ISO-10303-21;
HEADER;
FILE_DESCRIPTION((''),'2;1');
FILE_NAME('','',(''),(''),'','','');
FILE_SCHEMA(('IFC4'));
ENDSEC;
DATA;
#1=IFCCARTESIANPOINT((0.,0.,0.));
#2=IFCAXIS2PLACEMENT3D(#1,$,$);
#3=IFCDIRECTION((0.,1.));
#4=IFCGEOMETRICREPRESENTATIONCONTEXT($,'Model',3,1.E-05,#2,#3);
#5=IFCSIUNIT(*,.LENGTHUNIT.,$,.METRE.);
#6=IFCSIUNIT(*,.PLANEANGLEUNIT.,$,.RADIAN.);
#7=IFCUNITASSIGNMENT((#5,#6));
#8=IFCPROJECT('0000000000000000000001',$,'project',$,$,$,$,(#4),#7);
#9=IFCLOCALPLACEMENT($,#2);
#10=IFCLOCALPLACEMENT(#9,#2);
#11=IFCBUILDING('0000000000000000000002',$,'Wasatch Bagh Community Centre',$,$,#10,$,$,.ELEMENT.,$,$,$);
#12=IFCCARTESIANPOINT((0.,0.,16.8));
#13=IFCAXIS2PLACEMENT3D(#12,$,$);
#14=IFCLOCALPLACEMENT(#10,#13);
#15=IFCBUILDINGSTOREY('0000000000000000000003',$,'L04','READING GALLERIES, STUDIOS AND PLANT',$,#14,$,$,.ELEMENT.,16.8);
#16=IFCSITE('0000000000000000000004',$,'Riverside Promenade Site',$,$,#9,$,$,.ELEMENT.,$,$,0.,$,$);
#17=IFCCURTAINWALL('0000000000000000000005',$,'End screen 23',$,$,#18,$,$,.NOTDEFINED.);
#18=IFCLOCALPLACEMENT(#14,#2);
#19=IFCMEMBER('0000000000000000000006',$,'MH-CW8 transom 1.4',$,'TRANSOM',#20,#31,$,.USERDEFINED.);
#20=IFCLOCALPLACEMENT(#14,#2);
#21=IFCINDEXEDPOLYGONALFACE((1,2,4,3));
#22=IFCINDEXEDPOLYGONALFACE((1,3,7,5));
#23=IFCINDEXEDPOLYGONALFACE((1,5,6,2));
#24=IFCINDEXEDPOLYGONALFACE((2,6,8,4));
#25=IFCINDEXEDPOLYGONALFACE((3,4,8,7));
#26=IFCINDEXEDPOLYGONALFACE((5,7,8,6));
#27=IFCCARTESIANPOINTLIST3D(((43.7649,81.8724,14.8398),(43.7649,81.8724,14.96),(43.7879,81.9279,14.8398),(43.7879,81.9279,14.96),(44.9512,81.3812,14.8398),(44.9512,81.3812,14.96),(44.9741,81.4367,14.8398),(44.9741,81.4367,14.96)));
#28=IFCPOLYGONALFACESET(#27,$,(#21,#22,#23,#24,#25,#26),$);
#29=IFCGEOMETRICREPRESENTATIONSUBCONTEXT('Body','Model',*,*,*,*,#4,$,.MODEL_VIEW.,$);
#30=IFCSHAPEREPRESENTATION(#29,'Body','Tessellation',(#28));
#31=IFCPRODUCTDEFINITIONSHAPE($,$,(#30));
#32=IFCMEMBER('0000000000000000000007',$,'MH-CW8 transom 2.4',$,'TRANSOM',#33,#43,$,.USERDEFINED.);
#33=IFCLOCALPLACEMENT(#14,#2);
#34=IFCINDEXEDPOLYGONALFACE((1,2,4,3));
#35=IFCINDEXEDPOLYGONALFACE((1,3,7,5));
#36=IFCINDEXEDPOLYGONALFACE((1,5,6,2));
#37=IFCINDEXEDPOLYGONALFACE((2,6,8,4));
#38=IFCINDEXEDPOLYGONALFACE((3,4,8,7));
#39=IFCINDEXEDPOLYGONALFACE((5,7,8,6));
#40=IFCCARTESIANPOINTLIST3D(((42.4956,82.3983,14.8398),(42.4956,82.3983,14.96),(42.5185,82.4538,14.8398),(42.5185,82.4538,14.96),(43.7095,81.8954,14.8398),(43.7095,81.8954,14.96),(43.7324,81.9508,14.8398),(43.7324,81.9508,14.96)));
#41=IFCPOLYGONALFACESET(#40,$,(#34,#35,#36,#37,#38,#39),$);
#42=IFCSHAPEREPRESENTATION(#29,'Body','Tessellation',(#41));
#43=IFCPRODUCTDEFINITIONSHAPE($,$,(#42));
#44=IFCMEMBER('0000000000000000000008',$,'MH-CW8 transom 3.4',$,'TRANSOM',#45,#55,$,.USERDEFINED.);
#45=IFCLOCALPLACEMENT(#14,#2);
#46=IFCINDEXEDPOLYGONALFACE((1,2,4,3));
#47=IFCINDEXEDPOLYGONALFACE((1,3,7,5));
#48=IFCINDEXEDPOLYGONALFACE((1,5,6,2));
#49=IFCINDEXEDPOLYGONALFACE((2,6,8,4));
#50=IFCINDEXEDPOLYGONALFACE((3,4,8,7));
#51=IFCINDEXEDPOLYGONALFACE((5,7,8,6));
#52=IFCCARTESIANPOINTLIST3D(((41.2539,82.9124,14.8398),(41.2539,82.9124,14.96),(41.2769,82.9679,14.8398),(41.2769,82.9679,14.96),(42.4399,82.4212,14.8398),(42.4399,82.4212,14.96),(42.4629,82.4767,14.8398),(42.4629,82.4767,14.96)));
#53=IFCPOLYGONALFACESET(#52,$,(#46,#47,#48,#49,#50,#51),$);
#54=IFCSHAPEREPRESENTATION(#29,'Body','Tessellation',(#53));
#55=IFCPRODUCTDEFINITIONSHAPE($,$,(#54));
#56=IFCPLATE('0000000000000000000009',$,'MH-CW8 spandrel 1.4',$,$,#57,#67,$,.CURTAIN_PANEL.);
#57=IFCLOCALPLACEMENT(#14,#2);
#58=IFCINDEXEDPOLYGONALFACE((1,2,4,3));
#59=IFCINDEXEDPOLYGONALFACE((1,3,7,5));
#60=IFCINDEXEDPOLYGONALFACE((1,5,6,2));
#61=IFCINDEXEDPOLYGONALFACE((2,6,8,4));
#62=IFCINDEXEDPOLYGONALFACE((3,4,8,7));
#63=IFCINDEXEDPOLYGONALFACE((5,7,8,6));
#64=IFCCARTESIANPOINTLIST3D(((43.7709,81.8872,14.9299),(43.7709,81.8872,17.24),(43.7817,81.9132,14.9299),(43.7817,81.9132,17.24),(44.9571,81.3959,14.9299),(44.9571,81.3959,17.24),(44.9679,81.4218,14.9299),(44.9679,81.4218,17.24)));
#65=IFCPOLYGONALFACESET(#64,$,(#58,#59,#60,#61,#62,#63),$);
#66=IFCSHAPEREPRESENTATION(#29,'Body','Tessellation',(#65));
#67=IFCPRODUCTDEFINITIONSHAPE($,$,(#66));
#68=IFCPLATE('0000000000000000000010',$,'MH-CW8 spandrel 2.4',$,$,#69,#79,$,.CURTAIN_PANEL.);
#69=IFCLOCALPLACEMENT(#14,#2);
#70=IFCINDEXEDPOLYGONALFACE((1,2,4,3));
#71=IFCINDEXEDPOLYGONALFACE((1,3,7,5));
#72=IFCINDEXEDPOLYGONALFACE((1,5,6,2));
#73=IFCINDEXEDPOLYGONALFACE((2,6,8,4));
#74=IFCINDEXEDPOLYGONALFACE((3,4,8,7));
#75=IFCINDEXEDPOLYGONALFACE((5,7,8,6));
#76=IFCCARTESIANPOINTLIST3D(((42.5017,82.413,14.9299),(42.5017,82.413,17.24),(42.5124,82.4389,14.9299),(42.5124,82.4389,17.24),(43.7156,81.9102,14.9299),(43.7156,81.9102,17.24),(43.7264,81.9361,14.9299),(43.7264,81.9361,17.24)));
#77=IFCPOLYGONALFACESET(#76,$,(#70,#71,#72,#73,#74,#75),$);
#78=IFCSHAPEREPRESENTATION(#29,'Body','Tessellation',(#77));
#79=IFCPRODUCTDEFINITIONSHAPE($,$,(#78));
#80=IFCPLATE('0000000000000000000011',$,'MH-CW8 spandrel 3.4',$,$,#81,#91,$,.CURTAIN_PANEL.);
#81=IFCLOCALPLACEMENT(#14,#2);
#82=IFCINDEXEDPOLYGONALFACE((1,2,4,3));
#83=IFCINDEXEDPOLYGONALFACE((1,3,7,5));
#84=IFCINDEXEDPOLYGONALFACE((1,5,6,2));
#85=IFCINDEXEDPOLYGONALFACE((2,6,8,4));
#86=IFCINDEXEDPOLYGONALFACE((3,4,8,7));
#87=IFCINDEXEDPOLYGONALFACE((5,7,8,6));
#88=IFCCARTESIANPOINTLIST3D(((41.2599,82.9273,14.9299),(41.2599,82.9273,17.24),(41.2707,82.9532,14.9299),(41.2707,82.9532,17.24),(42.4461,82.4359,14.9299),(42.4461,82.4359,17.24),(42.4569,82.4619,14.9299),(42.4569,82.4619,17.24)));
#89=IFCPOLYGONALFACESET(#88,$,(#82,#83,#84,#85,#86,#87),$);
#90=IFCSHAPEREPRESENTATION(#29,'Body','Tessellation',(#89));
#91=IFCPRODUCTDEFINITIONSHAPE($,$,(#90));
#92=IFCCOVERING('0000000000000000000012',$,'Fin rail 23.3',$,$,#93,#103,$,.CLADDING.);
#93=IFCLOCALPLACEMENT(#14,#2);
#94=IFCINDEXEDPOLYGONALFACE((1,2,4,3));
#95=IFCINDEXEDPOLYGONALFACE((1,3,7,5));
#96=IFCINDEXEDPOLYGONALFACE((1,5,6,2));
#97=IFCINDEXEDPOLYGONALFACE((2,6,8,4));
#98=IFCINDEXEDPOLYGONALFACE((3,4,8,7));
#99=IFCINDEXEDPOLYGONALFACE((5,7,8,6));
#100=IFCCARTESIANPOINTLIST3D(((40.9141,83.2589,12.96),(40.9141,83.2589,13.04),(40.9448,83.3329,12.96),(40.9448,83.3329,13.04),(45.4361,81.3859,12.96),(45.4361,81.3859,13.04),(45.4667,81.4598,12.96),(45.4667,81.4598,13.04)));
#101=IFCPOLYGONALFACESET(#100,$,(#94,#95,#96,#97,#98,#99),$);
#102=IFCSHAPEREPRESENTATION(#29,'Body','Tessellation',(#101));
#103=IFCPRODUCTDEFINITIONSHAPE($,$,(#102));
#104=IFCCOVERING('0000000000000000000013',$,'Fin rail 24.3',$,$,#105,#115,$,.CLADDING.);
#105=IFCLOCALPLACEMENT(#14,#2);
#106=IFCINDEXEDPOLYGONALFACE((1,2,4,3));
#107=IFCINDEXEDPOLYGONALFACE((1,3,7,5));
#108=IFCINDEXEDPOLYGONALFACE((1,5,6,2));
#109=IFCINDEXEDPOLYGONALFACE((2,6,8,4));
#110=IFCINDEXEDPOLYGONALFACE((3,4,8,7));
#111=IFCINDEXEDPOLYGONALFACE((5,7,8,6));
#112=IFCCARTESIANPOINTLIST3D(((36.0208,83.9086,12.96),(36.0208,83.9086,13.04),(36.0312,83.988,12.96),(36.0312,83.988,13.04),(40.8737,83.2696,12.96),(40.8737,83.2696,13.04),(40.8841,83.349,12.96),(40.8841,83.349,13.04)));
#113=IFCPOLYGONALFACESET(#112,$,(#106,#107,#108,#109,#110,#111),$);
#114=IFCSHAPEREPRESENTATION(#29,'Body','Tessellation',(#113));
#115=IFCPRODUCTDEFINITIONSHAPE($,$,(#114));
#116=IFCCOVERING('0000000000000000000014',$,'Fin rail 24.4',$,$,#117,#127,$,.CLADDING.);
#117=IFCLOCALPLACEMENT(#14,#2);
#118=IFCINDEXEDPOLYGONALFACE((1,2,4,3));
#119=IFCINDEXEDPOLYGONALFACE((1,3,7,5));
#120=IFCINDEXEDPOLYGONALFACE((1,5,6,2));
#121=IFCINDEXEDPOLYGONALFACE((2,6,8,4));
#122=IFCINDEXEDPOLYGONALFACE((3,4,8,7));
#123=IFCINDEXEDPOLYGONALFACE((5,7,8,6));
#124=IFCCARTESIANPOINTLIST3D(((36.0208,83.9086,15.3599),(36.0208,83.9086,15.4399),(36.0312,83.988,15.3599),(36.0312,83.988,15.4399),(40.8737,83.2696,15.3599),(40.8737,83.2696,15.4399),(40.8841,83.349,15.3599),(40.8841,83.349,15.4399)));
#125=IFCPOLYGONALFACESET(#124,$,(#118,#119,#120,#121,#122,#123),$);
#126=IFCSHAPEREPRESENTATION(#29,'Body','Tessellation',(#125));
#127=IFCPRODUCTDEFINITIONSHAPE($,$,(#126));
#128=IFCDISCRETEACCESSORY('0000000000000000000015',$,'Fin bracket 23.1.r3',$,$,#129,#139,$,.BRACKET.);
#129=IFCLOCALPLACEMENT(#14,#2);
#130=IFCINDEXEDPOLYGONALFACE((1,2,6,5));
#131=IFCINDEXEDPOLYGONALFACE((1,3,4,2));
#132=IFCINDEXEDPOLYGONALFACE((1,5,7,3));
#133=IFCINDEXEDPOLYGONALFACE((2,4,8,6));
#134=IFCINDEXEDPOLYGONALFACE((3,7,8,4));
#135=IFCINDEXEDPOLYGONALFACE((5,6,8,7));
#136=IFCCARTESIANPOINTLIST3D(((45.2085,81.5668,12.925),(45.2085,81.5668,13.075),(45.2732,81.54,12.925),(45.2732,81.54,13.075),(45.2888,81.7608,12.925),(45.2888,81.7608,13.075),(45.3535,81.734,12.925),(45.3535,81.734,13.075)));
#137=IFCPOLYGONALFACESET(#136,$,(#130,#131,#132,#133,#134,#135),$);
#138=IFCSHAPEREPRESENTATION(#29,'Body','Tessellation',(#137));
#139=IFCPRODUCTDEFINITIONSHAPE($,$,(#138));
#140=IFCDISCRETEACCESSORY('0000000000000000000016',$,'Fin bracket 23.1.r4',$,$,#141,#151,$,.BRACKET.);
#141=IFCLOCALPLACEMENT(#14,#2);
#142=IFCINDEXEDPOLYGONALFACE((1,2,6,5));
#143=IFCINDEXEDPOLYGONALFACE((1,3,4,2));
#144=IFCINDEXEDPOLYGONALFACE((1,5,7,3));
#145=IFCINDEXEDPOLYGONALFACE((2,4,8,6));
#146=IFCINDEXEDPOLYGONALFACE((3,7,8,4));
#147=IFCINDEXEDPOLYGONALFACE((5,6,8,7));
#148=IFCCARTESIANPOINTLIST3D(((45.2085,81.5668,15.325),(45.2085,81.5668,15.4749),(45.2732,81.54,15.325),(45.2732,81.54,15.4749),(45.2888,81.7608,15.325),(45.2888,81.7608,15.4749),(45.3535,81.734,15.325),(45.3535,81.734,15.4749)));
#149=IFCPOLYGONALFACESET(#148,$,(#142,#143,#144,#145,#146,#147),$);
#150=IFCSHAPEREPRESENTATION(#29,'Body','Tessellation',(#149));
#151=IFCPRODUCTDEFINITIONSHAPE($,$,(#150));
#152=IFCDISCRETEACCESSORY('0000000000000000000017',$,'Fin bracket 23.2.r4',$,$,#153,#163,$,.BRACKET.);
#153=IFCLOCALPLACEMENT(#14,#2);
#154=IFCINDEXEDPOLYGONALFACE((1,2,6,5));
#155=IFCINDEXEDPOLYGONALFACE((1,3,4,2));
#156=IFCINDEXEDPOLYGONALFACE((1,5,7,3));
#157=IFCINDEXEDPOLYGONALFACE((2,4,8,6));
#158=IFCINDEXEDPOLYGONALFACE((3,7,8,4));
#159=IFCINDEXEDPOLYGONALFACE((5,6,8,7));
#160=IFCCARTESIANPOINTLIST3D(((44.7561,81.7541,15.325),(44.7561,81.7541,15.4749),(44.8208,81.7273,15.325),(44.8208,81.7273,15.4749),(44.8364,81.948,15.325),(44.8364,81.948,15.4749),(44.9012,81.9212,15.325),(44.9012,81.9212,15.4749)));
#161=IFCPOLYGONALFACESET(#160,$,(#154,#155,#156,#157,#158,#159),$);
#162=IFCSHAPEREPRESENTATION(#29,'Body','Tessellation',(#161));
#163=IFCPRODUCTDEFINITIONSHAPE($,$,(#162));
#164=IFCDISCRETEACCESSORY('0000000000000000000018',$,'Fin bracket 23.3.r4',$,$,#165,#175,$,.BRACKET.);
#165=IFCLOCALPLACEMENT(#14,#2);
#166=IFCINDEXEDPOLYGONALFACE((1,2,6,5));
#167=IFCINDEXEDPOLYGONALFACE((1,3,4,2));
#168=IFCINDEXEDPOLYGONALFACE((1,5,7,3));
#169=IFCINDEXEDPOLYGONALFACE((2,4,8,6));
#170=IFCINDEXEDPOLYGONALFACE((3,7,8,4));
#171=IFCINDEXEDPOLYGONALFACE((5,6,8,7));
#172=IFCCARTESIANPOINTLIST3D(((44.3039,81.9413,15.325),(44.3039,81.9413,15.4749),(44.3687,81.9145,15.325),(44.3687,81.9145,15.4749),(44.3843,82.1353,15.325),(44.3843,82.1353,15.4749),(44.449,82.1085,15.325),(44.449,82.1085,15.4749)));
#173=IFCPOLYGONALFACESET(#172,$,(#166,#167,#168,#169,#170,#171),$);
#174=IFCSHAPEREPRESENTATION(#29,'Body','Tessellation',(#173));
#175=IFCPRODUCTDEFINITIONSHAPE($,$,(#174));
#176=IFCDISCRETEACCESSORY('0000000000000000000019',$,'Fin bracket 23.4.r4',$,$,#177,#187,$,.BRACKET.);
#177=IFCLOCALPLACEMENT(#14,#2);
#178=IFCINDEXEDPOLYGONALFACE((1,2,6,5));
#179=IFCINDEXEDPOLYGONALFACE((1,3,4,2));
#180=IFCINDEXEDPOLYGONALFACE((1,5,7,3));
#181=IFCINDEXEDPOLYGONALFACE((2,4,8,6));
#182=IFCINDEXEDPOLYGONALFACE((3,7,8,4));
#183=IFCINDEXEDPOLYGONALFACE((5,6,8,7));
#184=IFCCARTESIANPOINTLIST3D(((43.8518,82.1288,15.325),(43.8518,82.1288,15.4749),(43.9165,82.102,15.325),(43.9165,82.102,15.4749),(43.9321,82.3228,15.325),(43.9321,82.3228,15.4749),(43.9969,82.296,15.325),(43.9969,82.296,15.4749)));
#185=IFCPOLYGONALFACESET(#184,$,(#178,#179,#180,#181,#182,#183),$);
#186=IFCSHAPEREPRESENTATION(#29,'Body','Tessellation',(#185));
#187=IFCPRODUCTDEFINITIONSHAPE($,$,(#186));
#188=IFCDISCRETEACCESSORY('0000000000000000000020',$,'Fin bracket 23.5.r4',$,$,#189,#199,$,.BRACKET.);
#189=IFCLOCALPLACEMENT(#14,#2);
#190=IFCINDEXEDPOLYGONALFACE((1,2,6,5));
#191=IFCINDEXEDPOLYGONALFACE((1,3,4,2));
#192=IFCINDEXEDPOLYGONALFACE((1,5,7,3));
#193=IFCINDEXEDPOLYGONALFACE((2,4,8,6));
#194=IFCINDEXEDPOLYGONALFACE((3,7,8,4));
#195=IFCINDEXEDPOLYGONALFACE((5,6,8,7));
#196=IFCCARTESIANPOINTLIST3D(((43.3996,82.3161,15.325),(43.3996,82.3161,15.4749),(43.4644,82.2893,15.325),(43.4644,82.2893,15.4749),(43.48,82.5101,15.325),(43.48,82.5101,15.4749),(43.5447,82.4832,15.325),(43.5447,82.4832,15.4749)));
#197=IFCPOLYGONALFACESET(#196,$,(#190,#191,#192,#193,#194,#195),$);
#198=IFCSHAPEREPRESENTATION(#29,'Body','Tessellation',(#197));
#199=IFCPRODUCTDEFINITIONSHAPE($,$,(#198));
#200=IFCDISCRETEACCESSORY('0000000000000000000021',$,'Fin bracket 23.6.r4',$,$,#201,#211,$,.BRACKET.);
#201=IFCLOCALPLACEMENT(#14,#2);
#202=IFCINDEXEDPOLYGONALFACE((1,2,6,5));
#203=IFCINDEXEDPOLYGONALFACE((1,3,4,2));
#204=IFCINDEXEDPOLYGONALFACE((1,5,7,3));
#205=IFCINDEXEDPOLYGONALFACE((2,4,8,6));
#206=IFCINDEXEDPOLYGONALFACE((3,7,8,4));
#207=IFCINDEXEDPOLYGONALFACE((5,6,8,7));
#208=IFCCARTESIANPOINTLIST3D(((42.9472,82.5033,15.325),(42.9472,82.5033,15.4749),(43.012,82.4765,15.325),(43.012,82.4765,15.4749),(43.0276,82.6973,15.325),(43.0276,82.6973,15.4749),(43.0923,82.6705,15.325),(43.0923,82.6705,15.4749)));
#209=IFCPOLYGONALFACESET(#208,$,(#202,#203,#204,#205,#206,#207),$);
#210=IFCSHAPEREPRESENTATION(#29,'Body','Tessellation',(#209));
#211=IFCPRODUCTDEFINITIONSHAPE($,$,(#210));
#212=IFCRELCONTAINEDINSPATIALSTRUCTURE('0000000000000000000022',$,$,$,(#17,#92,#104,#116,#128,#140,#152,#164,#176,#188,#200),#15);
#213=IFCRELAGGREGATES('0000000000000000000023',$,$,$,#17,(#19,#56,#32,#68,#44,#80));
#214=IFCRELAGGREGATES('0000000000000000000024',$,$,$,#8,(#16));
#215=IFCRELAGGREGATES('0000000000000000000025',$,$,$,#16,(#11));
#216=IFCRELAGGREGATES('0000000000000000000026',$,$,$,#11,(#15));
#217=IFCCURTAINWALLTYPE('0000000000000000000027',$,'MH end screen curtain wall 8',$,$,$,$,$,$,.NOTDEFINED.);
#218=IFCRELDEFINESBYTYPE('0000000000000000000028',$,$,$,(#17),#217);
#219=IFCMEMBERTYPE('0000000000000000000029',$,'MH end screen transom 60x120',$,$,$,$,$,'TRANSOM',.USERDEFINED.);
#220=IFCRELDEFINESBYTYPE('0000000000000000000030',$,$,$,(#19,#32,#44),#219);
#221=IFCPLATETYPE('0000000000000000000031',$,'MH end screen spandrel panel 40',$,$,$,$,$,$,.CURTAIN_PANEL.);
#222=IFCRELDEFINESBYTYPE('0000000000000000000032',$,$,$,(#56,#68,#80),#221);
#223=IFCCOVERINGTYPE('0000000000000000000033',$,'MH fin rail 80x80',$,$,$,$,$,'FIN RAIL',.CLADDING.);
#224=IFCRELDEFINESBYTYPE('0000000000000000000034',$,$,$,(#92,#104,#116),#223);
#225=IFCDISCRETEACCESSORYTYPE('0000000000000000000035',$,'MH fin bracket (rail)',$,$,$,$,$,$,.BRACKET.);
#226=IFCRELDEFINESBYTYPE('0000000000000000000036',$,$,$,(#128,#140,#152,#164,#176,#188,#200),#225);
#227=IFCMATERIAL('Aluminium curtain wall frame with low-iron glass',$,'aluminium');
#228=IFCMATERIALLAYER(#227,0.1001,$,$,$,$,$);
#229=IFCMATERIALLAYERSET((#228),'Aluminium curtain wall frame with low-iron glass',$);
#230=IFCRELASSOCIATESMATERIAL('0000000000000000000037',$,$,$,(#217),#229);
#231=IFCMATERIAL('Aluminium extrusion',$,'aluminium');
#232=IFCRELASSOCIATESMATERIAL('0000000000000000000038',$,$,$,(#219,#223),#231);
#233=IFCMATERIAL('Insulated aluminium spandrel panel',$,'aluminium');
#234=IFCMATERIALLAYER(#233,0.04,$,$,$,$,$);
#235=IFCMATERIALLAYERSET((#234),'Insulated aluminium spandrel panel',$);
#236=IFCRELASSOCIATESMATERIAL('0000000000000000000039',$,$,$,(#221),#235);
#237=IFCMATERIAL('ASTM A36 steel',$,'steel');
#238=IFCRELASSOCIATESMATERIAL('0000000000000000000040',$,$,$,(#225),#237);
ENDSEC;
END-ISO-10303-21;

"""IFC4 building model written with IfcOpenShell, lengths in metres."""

from ifc_helpers import new_model, si_unit, direction, frame, origin, origin_2d, place, context, subcontext, project, spatial, rectangle, extrude, material, layer, layer_set, material_profile, profile_set, type_object, element, aggregate, save


model = new_model("IFC4")

# Units and contexts
model_context = context("Model", 3, precision=1e-05, world=origin(), true_north=direction((0.0, 1.0)))
body_context = subcontext(model_context, "Body", "Model", "MODEL_VIEW")
ifc_project = project(units=[si_unit("LENGTHUNIT", "METRE"), si_unit("PLANEANGLEUNIT", "RADIAN")], contexts=[model_context])

# Site, building, storey
site_placement = place(None, origin())
site = spatial("IfcSite", under=ifc_project, at=site_placement, Name="Riverside Promenade Site", CompositionType="ELEMENT", RefElevation=0.0)
building_placement = place(site_placement, origin())
building = spatial("IfcBuilding", under=site, at=building_placement, Name="Wasatch Bagh Community Centre", CompositionType="ELEMENT")
storey_placement = place(building_placement, frame((0.0, 0.0, 16.8)))
storey = spatial("IfcBuildingStorey", under=building, at=storey_placement, Name="L04", Description="READING GALLERIES, STUDIOS AND PLANT", CompositionType="ELEMENT", Elevation=16.8)

# Curtain wall, members, plates
ifc_material_1 = material(Name="Aluminium curtain wall frame with low-iron glass", Category="aluminium")
ifc_layer_1 = layer(ifc_material_1, 0.1001)
ifc_layer_set_1 = layer_set([ifc_layer_1], Name="Aluminium curtain wall frame with low-iron glass")
curtain_wall_type = type_object("IfcCurtainWallType", Name="MH end screen curtain wall 8", PredefinedType="NOTDEFINED", material=ifc_layer_set_1)
curtain_wall_placement = place(storey_placement, origin())
curtain_wall = element("IfcCurtainWall", 1, at=curtain_wall_placement, inside=storey, type_object=curtain_wall_type, Name="End screen 23", PredefinedType="NOTDEFINED")
ifc_material_2 = material(Name="Aluminium extrusion", Category="aluminium")
ifc_material_profile_1 = material_profile(ifc_material_2, rectangle(XDim=0.0601, YDim=0.1201, at=origin_2d()), Name="AL 60x120")
ifc_profile_set_1 = profile_set([ifc_material_profile_1], Name="Aluminium extrusion")
member_type = type_object("IfcMemberType", Name="MH end screen transom 60x120", ElementType="TRANSOM", PredefinedType="USERDEFINED", material=ifc_profile_set_1)
member_1_placement = place(storey_placement, frame((44.9626, 81.4089, 14.8999), z_axis=(-0.923924, 0.382576, 0.0), x_axis=(-0.382576, -0.923924, 0.0)))
member_1 = element("IfcMember", 2, at=member_1_placement, type_object=member_type, Name="MH-CW8 transom 1.4", ObjectType="TRANSOM", PredefinedType="USERDEFINED", context=body_context, shape_type="SweptSolid", body=[
    extrude(rectangle(XDim=0.0601, YDim=0.1201, at=origin_2d()), origin(), (0.0, 0.0, 1.0), 1.2839),
])
member_2_placement = place(storey_placement, frame((43.7209, 81.9231, 14.8999), z_axis=(-0.923845, 0.382768, 0.0), x_axis=(-0.382768, -0.923845, 0.0)))
member_2 = element("IfcMember", 3, at=member_2_placement, type_object=member_type, Name="MH-CW8 transom 2.4", ObjectType="TRANSOM", PredefinedType="USERDEFINED", context=body_context, shape_type="SweptSolid", body=[
    extrude(rectangle(XDim=0.0601, YDim=0.1201, at=origin_2d()), origin(), (0.0, 0.0, 1.0), 1.314),
])
member_3_placement = place(storey_placement, frame((42.4514, 82.449, 14.8999), z_axis=(-0.923896, 0.382643, 0.0), x_axis=(-0.382643, -0.923896, 0.0)))
member_3 = element("IfcMember", 4, at=member_3_placement, type_object=member_type, Name="MH-CW8 transom 3.4", ObjectType="TRANSOM", PredefinedType="USERDEFINED", context=body_context, shape_type="SweptSolid", body=[
    extrude(rectangle(XDim=0.0601, YDim=0.1201, at=origin_2d()), origin(), (0.0, 0.0, 1.0), 1.2837),
])
ifc_material_3 = material(Name="Insulated aluminium spandrel panel", Category="aluminium")
ifc_layer_2 = layer(ifc_material_3, 0.04)
ifc_layer_set_2 = layer_set([ifc_layer_2], Name="Insulated aluminium spandrel panel")
plate_type = type_object("IfcPlateType", Name="MH end screen spandrel panel 40", PredefinedType="CURTAIN_PANEL", material=ifc_layer_set_2)
plate_1_placement = place(storey_placement, frame((44.3694, 81.6545, 14.9299), z_axis=(0.0, 0.0, 1.0), x_axis=(-0.92388, 0.382683, 0.0)))
plate_1 = element("IfcPlate", 5, at=plate_1_placement, type_object=plate_type, Name="MH-CW8 spandrel 1.4", PredefinedType="CURTAIN_PANEL", context=body_context, shape_type="SweptSolid", body=[
    extrude(rectangle(XDim=1.2839, YDim=0.0281, at=origin_2d()), origin(), (0.0, 0.0, 1.0), 2.3101),
])
plate_2_placement = place(storey_placement, frame((43.114, 82.1746, 14.9299), z_axis=(0.0, 0.0, 1.0), x_axis=(-0.92388, 0.382683, 0.0)))
plate_2 = element("IfcPlate", 6, at=plate_2_placement, type_object=plate_type, Name="MH-CW8 spandrel 2.4", PredefinedType="CURTAIN_PANEL", context=body_context, shape_type="SweptSolid", body=[
    extrude(rectangle(XDim=1.314, YDim=0.0281, at=origin_2d()), origin(), (0.0, 0.0, 1.0), 2.3101),
])
plate_3_placement = place(storey_placement, frame((41.8584, 82.6946, 14.9299), z_axis=(0.0, 0.0, 1.0), x_axis=(-0.92388, 0.382683, 0.0)))
plate_3 = element("IfcPlate", 7, at=plate_3_placement, type_object=plate_type, Name="MH-CW8 spandrel 3.4", PredefinedType="CURTAIN_PANEL", context=body_context, shape_type="SweptSolid", body=[
    extrude(rectangle(XDim=1.2839, YDim=0.0281, at=origin_2d()), origin(), (0.0, 0.0, 1.0), 2.3101),
])
aggregate(curtain_wall, [member_1, plate_1, member_2, plate_2, member_3, plate_3])

# Coverings
ifc_material_profile_2 = material_profile(ifc_material_2, rectangle(XDim=0.0801, YDim=0.0801, at=origin_2d()), Name="AL 80x80")
ifc_profile_set_2 = profile_set([ifc_material_profile_2], Name="Aluminium extrusion")
covering_type = type_object("IfcCoveringType", Name="MH fin rail 80x80", ElementType="FIN RAIL", PredefinedType="CLADDING", material=ifc_profile_set_2)
covering_placement = place(storey_placement, frame((45.4514, 81.4229, 13.0), z_axis=(-0.923881, 0.382681, 0.0), x_axis=(-0.382681, -0.923881, 0.0)))
element("IfcCovering", 8, at=covering_placement, inside=storey, type_object=covering_type, Name="Fin rail 23.3", PredefinedType="CLADDING", context=body_context, shape_type="SweptSolid", body=[
    extrude(rectangle(XDim=0.0801, YDim=0.0801, at=origin_2d()), origin(), (0.0, 0.0, 1.0), 4.8945),
])
for number, where, z_axis, x_axis, name in (
    (9, (40.8789, 83.3093, 13.0), (-0.991444, 0.130533, 0.0), (-0.130533, -0.991444, 0.0), "Fin rail 24.3"),
    (10, (40.8789, 83.3093, 15.3999), (-0.991444, 0.130533, 0.0), (-0.130533, -0.991444, 0.0), "Fin rail 24.4"),
):
    element("IfcCovering", number, at=place(storey_placement, frame(where, z_axis=z_axis, x_axis=x_axis)), inside=storey, type_object=covering_type, Name=name, PredefinedType="CLADDING", context=body_context, shape_type="SweptSolid", body=[
        extrude(rectangle(XDim=0.0801, YDim=0.0801, at=origin_2d()), origin(), (0.0, 0.0, 1.0), 4.8948),
    ])

# Discrete accessories
ifc_material_4 = material(Name="ASTM A36 steel", Category="steel")
discrete_accessory_type_1 = type_object("IfcDiscreteAccessoryType", Name="MH fin bracket (rail)", PredefinedType="BRACKET", material=ifc_material_4)
for number, where, z_axis, x_axis, name in (
    (11, (45.281, 81.6504, 12.925), (0.0, 0.0, 1.0), (-0.92388, 0.382683, 0.0), "Fin bracket 23.1.r3"),
    (12, (45.281, 81.6504, 15.325), (0.0, 0.0, 1.0), (-0.92388, 0.382683, 0.0), "Fin bracket 23.1.r4"),
    (13, (44.8286, 81.8376, 15.325), (0.0, 0.0, 1.0), (-0.92388, 0.382683, 0.0), "Fin bracket 23.2.r4"),
    (14, (44.3765, 82.0249, 15.325), (0.0, 0.0, 1.0), (-0.92388, 0.382683, 0.0), "Fin bracket 23.3.r4"),
    (15, (43.9243, 82.2124, 15.325), (0.0, 0.0, 1.0), (-0.92388, 0.382683, 0.0), "Fin bracket 23.4.r4"),
    (16, (43.4722, 82.3997, 15.325), (0.0, 0.0, 1.0), (-0.92388, 0.382683, 0.0), "Fin bracket 23.5.r4"),
    (17, (43.0198, 82.5869, 15.325), (0.0, 0.0, 1.0), (-0.92388, 0.382683, 0.0), "Fin bracket 23.6.r4"),
):
    element("IfcDiscreteAccessory", number, at=place(storey_placement, frame(where, z_axis=z_axis, x_axis=x_axis)), inside=storey, type_object=discrete_accessory_type_1, Name=name, PredefinedType="BRACKET", context=body_context, shape_type="SweptSolid", body=[
        extrude(rectangle(XDim=0.0701, YDim=0.21, at=origin_2d()), origin(), (0.0, 0.0, 1.0), 0.1499),
    ])

save(model, "model.ifc")
